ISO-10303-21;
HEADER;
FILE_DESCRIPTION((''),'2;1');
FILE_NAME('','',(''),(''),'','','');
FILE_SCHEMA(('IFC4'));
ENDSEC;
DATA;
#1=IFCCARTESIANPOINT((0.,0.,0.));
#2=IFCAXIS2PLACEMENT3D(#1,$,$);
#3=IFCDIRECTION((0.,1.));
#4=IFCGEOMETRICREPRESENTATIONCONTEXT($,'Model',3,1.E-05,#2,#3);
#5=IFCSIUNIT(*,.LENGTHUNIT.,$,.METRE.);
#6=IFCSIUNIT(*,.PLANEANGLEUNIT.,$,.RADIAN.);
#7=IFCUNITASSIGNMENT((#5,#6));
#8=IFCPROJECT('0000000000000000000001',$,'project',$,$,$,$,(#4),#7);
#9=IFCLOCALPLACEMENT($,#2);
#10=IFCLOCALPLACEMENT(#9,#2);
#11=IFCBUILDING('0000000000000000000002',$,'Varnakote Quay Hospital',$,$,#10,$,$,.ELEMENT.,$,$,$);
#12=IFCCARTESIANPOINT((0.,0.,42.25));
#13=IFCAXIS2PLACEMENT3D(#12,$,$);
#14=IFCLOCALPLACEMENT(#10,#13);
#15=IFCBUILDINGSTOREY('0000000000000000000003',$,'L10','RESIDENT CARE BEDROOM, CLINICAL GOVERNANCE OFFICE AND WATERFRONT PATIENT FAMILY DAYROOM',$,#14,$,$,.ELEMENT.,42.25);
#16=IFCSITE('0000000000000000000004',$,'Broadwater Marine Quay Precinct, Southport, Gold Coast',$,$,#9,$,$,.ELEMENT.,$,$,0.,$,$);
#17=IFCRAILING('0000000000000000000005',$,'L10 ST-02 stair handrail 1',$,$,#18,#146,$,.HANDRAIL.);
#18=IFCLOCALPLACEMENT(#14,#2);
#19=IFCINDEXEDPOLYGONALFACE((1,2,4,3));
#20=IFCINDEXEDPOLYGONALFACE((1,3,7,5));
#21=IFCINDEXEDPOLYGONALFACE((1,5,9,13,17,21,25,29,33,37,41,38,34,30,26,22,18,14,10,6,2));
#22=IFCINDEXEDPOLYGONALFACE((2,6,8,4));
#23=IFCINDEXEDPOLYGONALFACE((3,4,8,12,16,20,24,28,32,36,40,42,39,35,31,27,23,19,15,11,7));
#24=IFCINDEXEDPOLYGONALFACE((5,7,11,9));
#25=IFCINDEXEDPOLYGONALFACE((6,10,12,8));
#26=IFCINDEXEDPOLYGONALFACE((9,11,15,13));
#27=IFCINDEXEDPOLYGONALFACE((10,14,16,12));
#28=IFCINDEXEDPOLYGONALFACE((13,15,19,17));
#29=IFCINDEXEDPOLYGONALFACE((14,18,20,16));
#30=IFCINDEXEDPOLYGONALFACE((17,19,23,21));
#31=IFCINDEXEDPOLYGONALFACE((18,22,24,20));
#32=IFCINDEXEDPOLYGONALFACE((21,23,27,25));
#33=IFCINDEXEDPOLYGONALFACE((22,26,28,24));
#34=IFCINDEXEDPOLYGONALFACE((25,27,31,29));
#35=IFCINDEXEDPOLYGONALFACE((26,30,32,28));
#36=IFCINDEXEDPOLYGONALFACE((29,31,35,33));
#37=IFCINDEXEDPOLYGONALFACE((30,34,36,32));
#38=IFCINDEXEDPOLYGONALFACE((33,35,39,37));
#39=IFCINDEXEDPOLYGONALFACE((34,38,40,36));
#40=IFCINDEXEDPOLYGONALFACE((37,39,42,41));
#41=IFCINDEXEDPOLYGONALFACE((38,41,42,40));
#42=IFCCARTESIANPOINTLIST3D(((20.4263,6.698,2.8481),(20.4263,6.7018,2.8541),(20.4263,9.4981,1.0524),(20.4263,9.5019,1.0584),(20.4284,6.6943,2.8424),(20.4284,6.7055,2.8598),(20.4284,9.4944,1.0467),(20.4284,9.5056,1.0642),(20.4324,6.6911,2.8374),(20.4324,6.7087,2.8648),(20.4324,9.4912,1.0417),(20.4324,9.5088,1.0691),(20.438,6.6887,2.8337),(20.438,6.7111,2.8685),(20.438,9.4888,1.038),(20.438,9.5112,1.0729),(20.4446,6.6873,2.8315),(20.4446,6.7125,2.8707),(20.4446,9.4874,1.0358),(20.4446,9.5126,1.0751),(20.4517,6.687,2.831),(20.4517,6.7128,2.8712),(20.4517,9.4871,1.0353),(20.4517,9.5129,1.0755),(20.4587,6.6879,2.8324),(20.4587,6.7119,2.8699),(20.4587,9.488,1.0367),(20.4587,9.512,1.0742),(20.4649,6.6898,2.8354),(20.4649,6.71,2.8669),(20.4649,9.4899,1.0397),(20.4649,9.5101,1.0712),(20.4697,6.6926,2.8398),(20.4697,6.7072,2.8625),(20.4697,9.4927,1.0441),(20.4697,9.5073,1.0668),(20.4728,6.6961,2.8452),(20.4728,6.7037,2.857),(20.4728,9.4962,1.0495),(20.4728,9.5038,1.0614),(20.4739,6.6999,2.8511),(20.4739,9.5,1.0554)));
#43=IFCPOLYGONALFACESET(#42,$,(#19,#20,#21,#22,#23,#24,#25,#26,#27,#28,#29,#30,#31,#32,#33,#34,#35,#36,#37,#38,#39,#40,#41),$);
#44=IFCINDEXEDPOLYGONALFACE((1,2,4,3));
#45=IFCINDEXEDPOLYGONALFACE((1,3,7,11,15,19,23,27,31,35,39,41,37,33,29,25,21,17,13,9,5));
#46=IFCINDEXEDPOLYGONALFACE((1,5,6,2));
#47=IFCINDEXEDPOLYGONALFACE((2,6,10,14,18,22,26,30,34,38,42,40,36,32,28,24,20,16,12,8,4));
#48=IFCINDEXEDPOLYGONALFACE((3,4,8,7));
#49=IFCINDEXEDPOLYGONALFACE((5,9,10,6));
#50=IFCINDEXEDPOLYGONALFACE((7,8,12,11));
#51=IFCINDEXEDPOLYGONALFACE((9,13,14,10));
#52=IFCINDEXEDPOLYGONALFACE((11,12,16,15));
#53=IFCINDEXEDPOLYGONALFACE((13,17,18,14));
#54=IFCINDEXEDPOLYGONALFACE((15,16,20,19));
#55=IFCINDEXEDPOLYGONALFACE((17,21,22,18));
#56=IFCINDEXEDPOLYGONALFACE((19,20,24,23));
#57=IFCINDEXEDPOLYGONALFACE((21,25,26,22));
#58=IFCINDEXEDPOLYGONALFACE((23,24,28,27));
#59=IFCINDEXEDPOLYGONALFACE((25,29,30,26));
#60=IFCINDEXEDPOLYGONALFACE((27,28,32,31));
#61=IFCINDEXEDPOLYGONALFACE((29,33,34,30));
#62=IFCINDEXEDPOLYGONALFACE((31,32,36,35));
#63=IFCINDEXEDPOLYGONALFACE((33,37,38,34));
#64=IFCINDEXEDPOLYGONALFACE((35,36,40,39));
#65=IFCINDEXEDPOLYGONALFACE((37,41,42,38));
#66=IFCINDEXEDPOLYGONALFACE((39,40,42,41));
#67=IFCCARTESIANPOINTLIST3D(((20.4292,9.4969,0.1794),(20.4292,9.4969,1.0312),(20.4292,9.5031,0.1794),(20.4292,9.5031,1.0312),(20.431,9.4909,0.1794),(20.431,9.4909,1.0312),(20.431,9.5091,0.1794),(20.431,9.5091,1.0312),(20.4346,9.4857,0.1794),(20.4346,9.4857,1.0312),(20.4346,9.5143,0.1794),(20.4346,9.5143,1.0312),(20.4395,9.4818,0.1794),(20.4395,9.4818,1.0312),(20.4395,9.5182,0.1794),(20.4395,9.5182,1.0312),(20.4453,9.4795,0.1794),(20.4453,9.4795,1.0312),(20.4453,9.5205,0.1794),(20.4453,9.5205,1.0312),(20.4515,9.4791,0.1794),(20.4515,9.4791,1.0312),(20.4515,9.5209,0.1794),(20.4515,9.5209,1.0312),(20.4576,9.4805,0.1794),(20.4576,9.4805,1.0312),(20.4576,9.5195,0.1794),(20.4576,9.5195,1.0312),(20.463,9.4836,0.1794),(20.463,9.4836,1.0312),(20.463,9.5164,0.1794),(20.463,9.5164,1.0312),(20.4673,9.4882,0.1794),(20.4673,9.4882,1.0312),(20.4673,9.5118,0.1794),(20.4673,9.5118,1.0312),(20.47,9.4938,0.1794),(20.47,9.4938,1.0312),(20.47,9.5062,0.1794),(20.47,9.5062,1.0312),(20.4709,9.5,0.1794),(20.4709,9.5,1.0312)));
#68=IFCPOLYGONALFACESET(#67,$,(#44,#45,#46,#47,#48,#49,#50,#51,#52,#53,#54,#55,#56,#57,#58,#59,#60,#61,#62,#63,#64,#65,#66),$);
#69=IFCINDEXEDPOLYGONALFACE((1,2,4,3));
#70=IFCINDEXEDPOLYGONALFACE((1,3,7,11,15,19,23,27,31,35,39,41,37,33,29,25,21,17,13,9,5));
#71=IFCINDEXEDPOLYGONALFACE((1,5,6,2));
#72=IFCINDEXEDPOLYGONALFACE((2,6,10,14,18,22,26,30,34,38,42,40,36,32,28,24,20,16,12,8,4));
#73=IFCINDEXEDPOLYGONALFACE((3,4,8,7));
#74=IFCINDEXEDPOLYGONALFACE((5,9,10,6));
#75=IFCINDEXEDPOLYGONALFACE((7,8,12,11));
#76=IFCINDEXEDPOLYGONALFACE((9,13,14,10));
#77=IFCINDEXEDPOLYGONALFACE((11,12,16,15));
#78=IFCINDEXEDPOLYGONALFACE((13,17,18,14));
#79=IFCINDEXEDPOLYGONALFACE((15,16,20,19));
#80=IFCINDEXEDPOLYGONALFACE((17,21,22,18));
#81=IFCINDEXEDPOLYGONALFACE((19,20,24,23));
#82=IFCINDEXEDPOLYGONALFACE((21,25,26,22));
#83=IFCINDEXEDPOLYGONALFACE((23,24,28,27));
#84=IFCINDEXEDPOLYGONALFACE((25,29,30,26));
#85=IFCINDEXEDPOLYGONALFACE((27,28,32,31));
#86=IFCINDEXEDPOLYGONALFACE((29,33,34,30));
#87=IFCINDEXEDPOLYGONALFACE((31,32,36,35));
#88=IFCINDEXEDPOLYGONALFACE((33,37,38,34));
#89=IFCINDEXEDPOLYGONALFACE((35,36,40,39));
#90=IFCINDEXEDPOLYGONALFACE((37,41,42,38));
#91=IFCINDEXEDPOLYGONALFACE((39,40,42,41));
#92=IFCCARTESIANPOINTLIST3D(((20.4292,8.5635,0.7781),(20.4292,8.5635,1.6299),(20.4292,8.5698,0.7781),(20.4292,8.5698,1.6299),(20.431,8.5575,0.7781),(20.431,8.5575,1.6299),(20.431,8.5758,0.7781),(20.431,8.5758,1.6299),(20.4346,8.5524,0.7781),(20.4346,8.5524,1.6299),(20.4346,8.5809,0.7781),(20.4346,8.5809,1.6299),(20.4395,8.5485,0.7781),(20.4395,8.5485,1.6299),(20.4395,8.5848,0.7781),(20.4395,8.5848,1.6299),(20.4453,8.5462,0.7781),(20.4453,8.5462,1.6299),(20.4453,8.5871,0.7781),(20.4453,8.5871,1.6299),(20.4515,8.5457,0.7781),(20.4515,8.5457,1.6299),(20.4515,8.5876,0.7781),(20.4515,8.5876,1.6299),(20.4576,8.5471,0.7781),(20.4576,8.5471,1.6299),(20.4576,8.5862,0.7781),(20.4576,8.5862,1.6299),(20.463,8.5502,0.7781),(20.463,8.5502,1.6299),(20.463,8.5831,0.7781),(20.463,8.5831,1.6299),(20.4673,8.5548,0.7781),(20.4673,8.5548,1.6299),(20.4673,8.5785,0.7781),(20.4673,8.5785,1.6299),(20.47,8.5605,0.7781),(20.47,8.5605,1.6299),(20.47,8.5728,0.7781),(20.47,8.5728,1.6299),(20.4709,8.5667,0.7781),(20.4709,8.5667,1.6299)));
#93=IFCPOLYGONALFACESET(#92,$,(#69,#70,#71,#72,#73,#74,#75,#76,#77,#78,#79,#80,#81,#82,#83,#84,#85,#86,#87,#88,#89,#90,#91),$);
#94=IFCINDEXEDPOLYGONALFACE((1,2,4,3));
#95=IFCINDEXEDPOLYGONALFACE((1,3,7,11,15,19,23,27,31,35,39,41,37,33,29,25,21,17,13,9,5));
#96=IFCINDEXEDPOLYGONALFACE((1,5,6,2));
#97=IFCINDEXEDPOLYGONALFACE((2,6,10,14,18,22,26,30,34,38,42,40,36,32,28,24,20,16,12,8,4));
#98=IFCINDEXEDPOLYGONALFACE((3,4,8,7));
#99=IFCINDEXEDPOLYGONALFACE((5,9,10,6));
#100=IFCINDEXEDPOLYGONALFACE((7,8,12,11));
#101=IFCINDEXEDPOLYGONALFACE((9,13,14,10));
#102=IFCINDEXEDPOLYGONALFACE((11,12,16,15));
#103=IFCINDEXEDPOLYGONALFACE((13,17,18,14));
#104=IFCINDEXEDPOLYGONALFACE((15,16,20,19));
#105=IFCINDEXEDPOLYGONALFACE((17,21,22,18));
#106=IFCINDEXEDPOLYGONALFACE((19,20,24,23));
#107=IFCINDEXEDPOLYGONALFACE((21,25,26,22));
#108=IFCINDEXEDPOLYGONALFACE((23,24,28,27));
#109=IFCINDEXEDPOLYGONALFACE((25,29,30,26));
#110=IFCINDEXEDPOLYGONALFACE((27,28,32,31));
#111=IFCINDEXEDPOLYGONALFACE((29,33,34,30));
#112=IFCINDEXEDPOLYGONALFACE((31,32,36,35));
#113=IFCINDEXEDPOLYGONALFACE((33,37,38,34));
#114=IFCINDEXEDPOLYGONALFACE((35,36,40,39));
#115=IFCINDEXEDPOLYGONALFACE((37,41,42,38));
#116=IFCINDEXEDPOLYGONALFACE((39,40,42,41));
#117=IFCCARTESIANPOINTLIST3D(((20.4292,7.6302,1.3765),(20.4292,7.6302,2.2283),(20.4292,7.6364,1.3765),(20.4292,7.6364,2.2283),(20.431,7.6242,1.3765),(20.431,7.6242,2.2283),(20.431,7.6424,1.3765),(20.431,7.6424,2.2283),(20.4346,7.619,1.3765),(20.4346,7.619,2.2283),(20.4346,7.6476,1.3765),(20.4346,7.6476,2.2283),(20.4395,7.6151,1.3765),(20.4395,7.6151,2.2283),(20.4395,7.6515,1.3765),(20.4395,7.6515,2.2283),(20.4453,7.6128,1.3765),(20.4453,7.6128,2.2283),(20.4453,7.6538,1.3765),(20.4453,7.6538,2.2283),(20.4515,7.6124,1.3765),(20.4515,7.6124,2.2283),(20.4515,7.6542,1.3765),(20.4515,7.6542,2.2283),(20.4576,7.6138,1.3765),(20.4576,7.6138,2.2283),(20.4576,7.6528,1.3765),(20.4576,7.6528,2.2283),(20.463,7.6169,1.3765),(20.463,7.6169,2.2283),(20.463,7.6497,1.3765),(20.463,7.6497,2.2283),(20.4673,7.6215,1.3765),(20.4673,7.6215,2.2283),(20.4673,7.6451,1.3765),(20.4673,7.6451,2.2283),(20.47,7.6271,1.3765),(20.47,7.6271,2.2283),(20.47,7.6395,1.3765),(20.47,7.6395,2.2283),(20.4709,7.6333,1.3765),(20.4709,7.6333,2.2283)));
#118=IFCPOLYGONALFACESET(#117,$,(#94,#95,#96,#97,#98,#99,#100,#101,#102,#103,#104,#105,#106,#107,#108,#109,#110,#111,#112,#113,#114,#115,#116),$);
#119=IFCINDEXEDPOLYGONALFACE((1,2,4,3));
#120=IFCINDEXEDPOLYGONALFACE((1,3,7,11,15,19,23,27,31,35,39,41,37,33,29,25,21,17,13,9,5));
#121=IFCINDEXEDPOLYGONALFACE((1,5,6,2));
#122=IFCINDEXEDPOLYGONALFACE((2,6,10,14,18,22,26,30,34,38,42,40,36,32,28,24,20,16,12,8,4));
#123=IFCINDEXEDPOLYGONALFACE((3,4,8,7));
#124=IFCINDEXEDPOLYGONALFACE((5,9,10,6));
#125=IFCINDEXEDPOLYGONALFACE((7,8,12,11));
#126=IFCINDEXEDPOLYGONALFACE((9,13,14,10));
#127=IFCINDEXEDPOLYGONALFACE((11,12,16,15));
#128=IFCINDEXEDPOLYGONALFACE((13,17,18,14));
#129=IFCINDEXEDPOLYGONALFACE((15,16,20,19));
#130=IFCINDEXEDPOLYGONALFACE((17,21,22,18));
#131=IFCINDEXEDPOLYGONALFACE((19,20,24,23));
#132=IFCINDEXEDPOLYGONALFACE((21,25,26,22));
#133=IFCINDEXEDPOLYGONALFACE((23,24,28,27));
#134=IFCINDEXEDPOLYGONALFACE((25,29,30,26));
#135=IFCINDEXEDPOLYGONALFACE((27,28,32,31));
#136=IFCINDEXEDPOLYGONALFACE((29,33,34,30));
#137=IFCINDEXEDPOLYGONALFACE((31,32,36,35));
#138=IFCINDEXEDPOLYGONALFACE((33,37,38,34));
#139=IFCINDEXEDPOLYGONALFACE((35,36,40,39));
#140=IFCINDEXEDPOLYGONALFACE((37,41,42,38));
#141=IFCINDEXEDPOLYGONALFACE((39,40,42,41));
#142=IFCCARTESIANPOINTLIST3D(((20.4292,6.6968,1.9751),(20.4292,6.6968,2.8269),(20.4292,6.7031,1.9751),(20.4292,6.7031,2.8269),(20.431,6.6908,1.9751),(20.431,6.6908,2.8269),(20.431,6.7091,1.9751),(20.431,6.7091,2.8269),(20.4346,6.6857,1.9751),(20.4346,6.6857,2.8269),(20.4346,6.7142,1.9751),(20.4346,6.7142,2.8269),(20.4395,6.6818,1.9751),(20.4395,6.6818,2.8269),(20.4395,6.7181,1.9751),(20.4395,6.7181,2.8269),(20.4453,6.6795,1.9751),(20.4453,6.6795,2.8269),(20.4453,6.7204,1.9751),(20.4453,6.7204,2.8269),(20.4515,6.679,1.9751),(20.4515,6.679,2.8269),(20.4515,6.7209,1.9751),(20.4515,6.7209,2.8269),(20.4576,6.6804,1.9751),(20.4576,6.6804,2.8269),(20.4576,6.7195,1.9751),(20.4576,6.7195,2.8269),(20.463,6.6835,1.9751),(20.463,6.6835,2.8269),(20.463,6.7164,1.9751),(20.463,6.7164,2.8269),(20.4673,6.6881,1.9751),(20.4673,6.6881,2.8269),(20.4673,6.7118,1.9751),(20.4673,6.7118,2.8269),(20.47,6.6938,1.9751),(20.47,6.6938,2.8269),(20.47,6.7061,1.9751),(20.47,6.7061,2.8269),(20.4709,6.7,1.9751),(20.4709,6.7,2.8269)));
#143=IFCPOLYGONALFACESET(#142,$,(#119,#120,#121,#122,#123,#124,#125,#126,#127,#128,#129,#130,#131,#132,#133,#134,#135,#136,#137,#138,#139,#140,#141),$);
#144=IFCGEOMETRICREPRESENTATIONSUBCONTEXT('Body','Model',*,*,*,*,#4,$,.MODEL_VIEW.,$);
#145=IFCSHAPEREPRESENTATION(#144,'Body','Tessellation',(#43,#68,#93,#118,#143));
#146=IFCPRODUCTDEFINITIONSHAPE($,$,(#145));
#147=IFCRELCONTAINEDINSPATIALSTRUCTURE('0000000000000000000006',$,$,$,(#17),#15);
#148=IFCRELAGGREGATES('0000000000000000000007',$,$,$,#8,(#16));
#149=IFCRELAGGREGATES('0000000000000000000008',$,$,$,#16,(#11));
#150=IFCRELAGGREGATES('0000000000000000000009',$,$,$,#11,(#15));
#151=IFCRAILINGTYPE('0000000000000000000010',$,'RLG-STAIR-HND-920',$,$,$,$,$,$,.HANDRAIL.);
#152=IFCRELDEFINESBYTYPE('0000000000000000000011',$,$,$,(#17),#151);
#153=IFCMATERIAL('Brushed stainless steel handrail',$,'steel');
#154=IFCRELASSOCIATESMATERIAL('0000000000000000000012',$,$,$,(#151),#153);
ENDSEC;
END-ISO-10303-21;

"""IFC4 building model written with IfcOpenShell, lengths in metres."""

from ifc_helpers import new_model, si_unit, direction, frame, origin, origin_2d, place, context, subcontext, project, spatial, circle, extrude, material, type_object, element, save


model = new_model("IFC4")

# Units and contexts
model_context = context("Model", 3, precision=1e-05, world=origin(), true_north=direction((0.0, 1.0)))
body_context = subcontext(model_context, "Body", "Model", "MODEL_VIEW")
ifc_project = project(units=[si_unit("LENGTHUNIT", "METRE"), si_unit("PLANEANGLEUNIT", "RADIAN")], contexts=[model_context])

# Site, building, storey
site_placement = place(None, origin())
site = spatial("IfcSite", under=ifc_project, at=site_placement, Name="Broadwater Marine Quay Precinct, Southport, Gold Coast", CompositionType="ELEMENT", RefElevation=0.0)
building_placement = place(site_placement, origin())
building = spatial("IfcBuilding", under=site, at=building_placement, Name="Varnakote Quay Hospital", CompositionType="ELEMENT")
storey_placement = place(building_placement, frame((0.0, 0.0, 42.25)))
storey = spatial("IfcBuildingStorey", under=building, at=storey_placement, Name="L10", Description="RESIDENT CARE BEDROOM, CLINICAL GOVERNANCE OFFICE AND WATERFRONT PATIENT FAMILY DAYROOM", CompositionType="ELEMENT", Elevation=42.25)

# Railing
ifc_material_1 = material(Name="Brushed stainless steel handrail", Category="steel")
railing_type_1 = type_object("IfcRailingType", Name="RLG-STAIR-HND-920", PredefinedType="HANDRAIL", material=ifc_material_1)
railing_1_placement = place(storey_placement, frame((20.45, 9.5, 0.1794)))
element("IfcRailing", 1, at=railing_1_placement, inside=storey, type_object=railing_type_1, Name="L10 ST-02 stair handrail 1", PredefinedType="HANDRAIL", context=body_context, shape_type="SweptSolid", body=[
    extrude(circle(Radius=0.0239, at=origin_2d()), frame((0.0, 0.0, 0.876), z_axis=(0.0, -0.841777, 0.539826), x_axis=(1.0, 0.0, 0.0)), (0.0, 0.0, 1.0), 3.3264),
    extrude(circle(Radius=0.021, at=origin_2d()), origin(), (0.0, 0.0, 1.0), 0.8518),
    extrude(circle(Radius=0.021, at=origin_2d()), frame((0.0, -0.9333, 0.5986)), (0.0, 0.0, 1.0), 0.8518),
    extrude(circle(Radius=0.021, at=origin_2d()), frame((0.0, -1.8667, 1.197)), (0.0, 0.0, 1.0), 0.8518),
    extrude(circle(Radius=0.021, at=origin_2d()), frame((0.0, -2.8, 1.7957)), (0.0, 0.0, 1.0), 0.8518),
])

save(model, "model.ifc")
